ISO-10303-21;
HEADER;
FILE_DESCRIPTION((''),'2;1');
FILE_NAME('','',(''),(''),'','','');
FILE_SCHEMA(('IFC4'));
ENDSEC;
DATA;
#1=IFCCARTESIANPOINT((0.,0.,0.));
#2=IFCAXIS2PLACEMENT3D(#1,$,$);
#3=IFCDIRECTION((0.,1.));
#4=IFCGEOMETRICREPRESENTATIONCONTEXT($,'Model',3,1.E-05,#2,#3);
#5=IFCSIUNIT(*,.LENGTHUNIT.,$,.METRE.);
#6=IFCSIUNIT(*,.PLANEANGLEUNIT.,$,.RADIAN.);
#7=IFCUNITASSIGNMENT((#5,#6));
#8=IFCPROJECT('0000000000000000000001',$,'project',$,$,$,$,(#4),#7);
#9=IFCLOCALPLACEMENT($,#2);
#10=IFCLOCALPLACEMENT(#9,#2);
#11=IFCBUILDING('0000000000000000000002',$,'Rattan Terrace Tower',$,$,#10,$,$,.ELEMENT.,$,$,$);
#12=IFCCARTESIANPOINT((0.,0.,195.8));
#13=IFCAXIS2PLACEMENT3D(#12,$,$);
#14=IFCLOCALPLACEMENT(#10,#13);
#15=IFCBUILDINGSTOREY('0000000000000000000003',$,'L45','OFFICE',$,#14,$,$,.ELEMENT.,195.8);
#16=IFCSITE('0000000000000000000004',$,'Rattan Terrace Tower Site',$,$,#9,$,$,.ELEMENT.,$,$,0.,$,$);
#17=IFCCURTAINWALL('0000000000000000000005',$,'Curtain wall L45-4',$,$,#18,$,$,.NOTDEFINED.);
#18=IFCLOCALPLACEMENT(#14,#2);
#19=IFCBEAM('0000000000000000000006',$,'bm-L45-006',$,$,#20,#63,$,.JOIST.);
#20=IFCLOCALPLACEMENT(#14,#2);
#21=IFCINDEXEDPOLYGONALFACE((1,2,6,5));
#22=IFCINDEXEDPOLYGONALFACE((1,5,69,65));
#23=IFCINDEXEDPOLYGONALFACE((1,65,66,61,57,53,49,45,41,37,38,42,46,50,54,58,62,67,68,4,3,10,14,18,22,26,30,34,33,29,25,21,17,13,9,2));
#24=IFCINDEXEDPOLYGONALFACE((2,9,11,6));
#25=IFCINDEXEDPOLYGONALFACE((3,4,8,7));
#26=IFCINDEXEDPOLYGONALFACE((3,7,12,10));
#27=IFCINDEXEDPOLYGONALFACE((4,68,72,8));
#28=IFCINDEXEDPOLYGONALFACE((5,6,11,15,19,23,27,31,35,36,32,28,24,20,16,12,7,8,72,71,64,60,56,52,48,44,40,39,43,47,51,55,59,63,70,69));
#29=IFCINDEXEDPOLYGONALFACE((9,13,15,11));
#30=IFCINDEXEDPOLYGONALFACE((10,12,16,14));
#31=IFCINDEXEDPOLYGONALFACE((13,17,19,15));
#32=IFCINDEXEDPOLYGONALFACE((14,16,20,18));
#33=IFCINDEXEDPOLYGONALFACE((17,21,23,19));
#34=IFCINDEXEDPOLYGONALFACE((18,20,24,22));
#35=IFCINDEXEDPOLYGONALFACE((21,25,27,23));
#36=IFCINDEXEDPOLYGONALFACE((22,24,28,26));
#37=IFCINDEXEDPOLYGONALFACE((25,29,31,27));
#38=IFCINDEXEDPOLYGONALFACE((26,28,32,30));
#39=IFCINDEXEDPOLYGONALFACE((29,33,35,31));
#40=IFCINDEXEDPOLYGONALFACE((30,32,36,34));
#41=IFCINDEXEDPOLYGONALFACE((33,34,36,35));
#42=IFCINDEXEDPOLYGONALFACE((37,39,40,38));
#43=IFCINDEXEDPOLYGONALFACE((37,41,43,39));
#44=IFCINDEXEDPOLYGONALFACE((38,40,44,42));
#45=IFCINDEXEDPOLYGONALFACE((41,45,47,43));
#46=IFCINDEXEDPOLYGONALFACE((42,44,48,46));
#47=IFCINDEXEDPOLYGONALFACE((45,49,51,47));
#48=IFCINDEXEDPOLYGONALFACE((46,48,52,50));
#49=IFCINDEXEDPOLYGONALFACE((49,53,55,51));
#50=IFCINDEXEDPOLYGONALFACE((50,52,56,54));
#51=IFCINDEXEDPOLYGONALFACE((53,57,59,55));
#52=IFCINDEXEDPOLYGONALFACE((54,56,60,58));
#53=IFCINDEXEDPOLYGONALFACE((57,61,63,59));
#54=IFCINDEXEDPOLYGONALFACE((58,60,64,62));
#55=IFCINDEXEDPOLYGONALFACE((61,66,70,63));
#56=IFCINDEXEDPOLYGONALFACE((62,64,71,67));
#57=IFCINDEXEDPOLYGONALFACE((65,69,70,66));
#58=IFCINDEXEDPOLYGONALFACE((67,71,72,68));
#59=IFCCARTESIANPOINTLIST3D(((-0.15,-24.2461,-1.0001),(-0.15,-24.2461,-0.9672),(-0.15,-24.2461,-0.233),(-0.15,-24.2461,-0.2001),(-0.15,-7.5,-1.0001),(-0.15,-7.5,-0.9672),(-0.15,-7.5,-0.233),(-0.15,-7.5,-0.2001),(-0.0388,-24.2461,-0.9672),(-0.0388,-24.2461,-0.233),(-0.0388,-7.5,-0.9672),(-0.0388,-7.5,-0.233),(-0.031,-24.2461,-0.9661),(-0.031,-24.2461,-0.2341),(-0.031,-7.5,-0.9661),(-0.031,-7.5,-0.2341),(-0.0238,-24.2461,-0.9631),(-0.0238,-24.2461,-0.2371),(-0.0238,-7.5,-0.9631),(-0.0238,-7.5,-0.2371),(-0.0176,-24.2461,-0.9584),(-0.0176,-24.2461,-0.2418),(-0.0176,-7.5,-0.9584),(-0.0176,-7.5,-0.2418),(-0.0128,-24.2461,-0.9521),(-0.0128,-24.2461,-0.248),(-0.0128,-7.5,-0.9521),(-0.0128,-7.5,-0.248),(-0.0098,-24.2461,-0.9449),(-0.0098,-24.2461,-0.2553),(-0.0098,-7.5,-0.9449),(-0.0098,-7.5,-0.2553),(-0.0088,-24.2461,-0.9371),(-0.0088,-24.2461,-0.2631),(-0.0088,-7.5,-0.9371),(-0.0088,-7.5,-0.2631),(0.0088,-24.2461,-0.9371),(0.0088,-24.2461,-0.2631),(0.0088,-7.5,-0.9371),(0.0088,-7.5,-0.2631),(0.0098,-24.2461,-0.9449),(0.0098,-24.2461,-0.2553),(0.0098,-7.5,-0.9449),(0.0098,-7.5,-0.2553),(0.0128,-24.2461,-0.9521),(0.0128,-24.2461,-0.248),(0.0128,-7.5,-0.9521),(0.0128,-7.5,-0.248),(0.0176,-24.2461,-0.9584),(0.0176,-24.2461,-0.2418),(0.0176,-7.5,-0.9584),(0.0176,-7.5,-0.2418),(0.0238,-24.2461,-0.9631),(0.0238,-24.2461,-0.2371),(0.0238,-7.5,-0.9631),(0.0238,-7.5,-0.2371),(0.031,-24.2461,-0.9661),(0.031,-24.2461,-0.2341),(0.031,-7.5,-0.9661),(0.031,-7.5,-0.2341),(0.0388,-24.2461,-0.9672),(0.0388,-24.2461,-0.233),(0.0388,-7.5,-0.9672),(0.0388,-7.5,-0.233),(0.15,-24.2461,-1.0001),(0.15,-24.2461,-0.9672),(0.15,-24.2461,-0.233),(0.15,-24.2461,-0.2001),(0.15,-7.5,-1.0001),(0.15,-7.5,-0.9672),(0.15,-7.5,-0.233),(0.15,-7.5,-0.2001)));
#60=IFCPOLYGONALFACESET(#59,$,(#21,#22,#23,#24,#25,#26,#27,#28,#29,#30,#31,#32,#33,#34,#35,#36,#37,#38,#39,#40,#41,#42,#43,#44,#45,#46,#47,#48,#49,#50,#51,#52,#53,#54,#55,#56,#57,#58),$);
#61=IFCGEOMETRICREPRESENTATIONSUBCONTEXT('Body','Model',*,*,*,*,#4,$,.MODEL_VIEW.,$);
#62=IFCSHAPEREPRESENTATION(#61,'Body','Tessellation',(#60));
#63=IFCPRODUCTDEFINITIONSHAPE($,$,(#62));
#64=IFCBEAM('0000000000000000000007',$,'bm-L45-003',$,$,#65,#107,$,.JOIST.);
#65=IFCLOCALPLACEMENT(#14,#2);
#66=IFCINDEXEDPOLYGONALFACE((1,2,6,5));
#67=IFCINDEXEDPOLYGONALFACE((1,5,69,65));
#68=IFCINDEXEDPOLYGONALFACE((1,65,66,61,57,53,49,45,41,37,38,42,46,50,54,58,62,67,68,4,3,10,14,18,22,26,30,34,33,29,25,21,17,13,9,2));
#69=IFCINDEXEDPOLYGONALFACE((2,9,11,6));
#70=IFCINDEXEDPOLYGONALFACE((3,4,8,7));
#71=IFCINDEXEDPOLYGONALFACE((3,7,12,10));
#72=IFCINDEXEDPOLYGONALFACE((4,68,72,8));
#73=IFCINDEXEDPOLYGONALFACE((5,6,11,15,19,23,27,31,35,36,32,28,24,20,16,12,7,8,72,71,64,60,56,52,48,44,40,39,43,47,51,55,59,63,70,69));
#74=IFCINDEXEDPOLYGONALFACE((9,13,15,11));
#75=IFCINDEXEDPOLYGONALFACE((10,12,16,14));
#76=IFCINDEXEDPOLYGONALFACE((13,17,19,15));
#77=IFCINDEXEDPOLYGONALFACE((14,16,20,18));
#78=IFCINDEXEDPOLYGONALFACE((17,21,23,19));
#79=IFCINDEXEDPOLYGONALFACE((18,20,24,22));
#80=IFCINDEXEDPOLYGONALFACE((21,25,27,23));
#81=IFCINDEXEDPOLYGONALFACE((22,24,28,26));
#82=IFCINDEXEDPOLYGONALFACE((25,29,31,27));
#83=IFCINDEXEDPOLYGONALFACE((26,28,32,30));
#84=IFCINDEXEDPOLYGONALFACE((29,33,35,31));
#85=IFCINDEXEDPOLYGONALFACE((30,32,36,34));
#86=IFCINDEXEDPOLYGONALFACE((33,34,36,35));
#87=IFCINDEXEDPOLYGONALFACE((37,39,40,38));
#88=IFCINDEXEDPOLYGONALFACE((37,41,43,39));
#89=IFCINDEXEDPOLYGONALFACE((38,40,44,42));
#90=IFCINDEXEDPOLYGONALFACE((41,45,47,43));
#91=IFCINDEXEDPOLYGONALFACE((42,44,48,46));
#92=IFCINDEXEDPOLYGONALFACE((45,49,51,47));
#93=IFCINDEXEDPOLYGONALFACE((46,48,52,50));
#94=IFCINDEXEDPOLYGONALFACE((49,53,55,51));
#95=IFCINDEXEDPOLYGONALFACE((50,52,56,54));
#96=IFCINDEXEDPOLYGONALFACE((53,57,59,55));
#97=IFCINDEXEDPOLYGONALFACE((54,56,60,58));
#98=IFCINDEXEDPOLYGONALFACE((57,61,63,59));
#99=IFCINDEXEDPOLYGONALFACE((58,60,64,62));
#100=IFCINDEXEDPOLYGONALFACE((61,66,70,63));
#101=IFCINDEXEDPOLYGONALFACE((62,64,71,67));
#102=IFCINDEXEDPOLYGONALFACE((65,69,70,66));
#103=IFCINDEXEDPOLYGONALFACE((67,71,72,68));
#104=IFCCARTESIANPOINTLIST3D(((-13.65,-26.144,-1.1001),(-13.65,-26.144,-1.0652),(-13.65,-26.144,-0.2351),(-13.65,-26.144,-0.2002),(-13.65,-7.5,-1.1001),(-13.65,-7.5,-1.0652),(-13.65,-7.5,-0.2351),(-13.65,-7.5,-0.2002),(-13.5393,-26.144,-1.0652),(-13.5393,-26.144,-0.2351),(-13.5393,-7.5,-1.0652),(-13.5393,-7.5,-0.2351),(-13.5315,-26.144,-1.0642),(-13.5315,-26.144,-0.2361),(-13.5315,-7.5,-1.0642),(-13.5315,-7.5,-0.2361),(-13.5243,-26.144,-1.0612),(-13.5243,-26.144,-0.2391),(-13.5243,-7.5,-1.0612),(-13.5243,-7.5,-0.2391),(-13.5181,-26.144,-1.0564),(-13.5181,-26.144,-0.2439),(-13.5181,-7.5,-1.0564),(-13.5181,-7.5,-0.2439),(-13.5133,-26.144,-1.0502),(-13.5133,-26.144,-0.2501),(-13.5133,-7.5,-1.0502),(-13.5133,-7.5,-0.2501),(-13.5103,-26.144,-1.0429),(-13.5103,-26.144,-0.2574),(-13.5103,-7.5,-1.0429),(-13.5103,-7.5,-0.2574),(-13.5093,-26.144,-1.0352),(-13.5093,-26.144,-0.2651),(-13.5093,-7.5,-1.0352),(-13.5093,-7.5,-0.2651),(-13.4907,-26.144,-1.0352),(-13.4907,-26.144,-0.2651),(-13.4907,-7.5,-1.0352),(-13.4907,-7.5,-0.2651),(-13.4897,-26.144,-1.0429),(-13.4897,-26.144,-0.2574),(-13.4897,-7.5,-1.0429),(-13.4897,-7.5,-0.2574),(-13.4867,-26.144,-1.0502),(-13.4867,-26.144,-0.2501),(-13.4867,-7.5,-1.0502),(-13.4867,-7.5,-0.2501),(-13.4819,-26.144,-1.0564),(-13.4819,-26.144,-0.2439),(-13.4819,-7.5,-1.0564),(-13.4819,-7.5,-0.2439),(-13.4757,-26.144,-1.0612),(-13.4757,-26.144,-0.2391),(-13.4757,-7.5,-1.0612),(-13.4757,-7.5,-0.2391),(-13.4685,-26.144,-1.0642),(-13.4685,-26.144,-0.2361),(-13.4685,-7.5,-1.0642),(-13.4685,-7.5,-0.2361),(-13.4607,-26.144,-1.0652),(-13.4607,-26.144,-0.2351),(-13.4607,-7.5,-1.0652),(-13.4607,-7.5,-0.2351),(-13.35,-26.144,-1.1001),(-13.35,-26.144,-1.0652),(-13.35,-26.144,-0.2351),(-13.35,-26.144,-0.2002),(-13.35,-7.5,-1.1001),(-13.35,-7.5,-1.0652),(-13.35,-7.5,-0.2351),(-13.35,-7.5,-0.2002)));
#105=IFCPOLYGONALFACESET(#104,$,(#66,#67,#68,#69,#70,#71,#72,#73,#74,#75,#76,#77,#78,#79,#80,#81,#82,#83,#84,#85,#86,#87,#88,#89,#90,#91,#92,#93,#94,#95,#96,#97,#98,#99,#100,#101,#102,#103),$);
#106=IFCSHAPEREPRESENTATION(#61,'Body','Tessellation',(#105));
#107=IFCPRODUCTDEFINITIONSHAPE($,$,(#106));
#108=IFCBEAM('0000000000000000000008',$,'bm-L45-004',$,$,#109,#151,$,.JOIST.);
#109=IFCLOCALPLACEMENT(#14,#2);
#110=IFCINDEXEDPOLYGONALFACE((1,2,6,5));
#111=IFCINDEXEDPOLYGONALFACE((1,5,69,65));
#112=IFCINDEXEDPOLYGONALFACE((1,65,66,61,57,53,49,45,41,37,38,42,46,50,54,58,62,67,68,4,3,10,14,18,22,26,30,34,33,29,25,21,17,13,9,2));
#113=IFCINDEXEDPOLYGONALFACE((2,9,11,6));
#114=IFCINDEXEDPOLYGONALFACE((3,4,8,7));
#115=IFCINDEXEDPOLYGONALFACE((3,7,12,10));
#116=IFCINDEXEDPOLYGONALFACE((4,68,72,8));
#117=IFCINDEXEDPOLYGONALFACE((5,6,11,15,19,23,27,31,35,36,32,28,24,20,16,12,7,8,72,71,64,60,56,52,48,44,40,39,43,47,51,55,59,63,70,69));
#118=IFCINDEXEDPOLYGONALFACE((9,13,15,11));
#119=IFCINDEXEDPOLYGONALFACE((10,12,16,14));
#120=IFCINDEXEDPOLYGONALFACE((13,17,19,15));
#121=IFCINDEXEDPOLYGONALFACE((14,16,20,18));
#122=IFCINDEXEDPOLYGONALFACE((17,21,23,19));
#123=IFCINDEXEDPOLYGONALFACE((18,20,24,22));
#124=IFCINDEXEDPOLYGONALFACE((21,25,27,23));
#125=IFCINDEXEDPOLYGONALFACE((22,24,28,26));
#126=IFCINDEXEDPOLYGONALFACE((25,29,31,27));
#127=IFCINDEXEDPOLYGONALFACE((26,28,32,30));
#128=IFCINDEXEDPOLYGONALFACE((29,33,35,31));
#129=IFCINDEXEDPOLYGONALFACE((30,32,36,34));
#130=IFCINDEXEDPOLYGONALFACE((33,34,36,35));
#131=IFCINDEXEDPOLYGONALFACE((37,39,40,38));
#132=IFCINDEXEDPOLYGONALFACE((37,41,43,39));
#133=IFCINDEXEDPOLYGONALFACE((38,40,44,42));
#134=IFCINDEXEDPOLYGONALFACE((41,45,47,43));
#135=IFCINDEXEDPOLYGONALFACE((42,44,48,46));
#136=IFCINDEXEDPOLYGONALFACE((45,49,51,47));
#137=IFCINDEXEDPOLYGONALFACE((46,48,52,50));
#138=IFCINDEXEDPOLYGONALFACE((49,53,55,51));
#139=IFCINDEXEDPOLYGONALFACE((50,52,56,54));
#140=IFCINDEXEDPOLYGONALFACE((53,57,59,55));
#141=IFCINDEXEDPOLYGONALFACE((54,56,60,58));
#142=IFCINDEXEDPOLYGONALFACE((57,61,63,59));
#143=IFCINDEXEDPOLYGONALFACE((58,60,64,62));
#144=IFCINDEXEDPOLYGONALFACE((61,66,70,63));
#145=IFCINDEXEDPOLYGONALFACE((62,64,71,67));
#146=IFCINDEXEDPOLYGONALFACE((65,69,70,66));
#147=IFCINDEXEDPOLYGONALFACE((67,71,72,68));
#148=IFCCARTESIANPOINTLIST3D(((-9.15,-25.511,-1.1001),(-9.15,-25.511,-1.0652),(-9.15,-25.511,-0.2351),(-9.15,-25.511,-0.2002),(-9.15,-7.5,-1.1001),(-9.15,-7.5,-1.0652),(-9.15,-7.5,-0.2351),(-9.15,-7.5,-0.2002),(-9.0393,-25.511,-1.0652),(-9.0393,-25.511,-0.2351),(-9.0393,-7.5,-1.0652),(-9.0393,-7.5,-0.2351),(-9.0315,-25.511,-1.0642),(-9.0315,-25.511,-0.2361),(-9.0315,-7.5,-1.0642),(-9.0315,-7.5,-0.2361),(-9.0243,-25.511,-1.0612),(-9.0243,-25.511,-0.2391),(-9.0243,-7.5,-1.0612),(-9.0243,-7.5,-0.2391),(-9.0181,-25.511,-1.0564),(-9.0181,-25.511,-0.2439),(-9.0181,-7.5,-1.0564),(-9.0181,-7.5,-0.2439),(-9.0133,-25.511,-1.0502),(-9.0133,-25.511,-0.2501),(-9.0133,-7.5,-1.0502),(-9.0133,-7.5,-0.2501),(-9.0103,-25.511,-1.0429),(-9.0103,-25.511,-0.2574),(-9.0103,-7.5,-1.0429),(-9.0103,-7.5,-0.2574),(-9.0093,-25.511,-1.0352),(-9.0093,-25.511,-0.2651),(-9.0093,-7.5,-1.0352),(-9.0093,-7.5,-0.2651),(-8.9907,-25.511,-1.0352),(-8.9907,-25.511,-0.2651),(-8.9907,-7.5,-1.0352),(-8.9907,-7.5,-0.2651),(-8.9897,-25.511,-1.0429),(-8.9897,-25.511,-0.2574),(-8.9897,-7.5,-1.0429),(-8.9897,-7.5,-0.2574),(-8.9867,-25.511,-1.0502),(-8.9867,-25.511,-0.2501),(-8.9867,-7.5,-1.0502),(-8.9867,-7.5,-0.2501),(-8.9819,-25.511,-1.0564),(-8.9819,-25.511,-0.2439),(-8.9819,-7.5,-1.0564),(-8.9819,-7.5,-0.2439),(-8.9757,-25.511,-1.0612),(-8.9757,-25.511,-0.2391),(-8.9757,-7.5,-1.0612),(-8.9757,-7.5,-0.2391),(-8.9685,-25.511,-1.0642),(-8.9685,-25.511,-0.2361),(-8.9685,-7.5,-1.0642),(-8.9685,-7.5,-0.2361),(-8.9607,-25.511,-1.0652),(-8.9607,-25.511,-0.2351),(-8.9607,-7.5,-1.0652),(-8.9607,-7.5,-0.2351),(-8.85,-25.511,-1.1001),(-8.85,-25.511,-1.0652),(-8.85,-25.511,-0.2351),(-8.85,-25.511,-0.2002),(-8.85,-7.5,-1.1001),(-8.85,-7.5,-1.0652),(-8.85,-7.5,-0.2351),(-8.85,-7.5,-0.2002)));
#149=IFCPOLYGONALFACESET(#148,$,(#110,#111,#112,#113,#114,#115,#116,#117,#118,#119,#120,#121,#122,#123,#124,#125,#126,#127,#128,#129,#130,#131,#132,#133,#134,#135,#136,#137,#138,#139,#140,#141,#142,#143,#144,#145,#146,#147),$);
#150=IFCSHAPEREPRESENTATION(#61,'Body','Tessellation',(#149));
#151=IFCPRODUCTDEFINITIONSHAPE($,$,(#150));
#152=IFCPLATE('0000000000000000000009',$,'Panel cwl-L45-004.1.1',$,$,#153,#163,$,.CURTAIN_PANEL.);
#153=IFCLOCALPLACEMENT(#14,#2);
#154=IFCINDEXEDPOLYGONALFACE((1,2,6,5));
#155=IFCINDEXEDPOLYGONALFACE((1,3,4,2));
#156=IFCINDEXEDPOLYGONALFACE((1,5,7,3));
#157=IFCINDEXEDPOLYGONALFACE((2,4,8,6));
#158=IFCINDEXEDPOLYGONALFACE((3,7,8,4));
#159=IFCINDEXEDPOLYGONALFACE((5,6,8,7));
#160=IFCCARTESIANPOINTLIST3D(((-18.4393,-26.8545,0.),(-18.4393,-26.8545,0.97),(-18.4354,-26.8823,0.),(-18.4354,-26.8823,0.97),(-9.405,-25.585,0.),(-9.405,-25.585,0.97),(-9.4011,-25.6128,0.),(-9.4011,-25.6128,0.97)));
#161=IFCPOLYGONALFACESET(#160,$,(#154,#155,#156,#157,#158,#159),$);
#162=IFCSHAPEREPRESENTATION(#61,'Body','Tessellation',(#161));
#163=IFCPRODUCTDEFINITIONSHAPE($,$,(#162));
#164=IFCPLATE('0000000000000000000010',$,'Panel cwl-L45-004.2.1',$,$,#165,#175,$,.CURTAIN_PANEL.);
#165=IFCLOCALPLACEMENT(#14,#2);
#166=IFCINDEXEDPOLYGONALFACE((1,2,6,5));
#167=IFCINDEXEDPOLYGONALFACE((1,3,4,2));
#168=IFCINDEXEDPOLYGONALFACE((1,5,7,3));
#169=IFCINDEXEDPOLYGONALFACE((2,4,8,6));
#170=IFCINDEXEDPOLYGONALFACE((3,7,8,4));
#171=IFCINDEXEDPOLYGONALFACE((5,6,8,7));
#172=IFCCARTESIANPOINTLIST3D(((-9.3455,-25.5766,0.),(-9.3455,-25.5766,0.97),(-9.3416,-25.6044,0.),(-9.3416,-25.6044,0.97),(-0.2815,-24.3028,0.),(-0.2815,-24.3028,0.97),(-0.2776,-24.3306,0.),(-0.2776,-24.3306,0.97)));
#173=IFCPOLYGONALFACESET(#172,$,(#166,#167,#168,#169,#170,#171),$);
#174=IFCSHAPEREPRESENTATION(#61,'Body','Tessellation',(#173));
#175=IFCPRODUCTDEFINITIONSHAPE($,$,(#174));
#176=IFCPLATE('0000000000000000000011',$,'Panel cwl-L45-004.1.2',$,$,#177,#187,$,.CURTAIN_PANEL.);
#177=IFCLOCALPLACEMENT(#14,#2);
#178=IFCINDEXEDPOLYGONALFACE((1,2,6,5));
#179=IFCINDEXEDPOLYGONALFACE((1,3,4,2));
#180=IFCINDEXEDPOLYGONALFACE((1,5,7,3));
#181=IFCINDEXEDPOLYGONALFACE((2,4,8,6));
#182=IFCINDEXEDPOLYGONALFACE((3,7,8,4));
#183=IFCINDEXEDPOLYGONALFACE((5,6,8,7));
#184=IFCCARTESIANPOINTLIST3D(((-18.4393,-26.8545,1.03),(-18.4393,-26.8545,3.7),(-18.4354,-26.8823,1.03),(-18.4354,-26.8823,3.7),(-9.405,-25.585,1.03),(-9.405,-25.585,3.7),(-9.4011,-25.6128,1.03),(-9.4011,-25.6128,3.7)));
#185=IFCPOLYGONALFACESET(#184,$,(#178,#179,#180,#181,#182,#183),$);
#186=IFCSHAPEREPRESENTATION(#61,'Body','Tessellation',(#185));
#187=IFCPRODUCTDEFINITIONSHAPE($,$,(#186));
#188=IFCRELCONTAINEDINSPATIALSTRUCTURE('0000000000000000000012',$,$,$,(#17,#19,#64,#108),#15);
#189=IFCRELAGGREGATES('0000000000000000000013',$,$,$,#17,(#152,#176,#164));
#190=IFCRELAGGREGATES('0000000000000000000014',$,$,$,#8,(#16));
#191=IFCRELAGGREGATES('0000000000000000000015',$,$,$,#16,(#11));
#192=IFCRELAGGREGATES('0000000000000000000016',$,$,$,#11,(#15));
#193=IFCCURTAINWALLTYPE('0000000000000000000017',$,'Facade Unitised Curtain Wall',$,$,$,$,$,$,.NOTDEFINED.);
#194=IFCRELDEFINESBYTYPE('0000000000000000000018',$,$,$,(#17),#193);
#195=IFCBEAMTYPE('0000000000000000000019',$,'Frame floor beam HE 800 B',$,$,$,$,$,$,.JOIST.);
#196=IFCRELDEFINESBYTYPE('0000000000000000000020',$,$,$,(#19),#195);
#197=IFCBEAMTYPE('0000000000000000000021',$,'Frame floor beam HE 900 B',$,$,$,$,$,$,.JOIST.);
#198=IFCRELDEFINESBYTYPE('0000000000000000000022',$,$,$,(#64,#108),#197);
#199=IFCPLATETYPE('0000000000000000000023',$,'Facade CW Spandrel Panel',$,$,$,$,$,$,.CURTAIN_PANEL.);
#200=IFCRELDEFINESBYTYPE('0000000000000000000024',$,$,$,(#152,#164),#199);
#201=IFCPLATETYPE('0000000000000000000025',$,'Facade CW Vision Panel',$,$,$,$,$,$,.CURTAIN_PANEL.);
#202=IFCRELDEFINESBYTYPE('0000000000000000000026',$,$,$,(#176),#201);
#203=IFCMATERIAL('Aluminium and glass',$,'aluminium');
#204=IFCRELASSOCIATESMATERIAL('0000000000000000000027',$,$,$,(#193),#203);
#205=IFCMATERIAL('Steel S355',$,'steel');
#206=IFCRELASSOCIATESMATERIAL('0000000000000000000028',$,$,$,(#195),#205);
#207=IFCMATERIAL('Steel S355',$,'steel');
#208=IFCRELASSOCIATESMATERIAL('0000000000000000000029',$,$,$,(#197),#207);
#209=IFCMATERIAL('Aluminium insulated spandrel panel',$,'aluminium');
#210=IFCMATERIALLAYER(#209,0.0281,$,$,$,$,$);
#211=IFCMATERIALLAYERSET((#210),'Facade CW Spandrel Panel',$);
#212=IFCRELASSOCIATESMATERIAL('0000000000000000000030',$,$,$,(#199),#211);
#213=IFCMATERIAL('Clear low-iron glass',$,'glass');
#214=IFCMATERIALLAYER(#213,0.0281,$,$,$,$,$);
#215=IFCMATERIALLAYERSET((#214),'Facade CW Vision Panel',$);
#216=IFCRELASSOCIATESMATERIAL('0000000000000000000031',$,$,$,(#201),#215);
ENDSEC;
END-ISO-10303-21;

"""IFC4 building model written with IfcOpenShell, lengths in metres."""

from ifc_helpers import new_model, si_unit, direction, frame, origin, origin_2d, place, context, subcontext, project, spatial, rectangle, i_section, extrude, material, layer, layer_set, material_profile, profile_set, type_object, element, aggregate, save


model = new_model("IFC4")

# Units and contexts
model_context = context("Model", 3, precision=1e-05, world=origin(), true_north=direction((0.0, 1.0)))
body_context = subcontext(model_context, "Body", "Model", "MODEL_VIEW")
ifc_project = project(units=[si_unit("LENGTHUNIT", "METRE"), si_unit("PLANEANGLEUNIT", "RADIAN")], contexts=[model_context])

# Site, building, storey
site_placement = place(None, origin())
site = spatial("IfcSite", under=ifc_project, at=site_placement, Name="Rattan Terrace Tower Site", CompositionType="ELEMENT", RefElevation=0.0)
building_placement = place(site_placement, origin())
building = spatial("IfcBuilding", under=site, at=building_placement, Name="Rattan Terrace Tower", CompositionType="ELEMENT")
storey_placement = place(building_placement, frame((0.0, 0.0, 195.8)))
storey = spatial("IfcBuildingStorey", under=building, at=storey_placement, Name="L45", Description="OFFICE", CompositionType="ELEMENT", Elevation=195.8)

# Curtain wall
ifc_material_1 = material(Name="Aluminium and glass", Category="aluminium")
curtain_wall_type = type_object("IfcCurtainWallType", Name="Facade Unitised Curtain Wall", PredefinedType="NOTDEFINED", material=ifc_material_1)
curtain_wall_placement = place(storey_placement, origin())
curtain_wall = element("IfcCurtainWall", 1, at=curtain_wall_placement, inside=storey, type_object=curtain_wall_type, Name="Curtain wall L45-4", PredefinedType="NOTDEFINED")

# Beams
ifc_material_2 = material(Name="Steel S355", Category="steel")
ifc_material_profile_1 = material_profile(ifc_material_2, i_section(OverallWidth=0.3, OverallDepth=0.8, WebThickness=0.0176, FlangeThickness=0.033, FilletRadius=0.03, at=origin_2d()), Name="HE 800 B")
ifc_profile_set_1 = profile_set([ifc_material_profile_1], Name="Steel S355")
beam_type_1 = type_object("IfcBeamType", Name="Frame floor beam HE 800 B", PredefinedType="JOIST", material=ifc_profile_set_1)
beam_1_placement = place(storey_placement, frame((0.0, -24.2461, -0.6001), z_axis=(0.0, 1.0, 0.0), x_axis=(-1.0, 0.0, 0.0)))
element("IfcBeam", 2, at=beam_1_placement, inside=storey, type_object=beam_type_1, Name="bm-L45-006", PredefinedType="JOIST", context=body_context, shape_type="SweptSolid", body=[
    extrude(i_section(OverallWidth=0.3, OverallDepth=0.8, WebThickness=0.0176, FlangeThickness=0.033, FilletRadius=0.03, at=origin_2d()), origin(), (0.0, 0.0, 1.0), 16.7461),
])
ifc_material_3 = material(Name="Steel S355", Category="steel")
ifc_material_profile_2 = material_profile(ifc_material_3, i_section(OverallWidth=0.3, OverallDepth=0.8999, WebThickness=0.0186, FlangeThickness=0.0349, FilletRadius=0.03, at=origin_2d()), Name="HE 900 B")
ifc_profile_set_2 = profile_set([ifc_material_profile_2], Name="Steel S355")
beam_type_2 = type_object("IfcBeamType", Name="Frame floor beam HE 900 B", PredefinedType="JOIST", material=ifc_profile_set_2)
beam_2_placement = place(storey_placement, frame((-13.5, -26.144, -0.6501), z_axis=(0.0, 1.0, 0.0), x_axis=(-1.0, 0.0, 0.0)))
element("IfcBeam", 3, at=beam_2_placement, inside=storey, type_object=beam_type_2, Name="bm-L45-003", PredefinedType="JOIST", context=body_context, shape_type="SweptSolid", body=[
    extrude(i_section(OverallWidth=0.3, OverallDepth=0.8999, WebThickness=0.0186, FlangeThickness=0.0349, FilletRadius=0.03, at=origin_2d()), origin(), (0.0, 0.0, 1.0), 18.644),
])
beam_3_placement = place(storey_placement, frame((-9.0, -25.511, -0.6501), z_axis=(0.0, 1.0, 0.0), x_axis=(-1.0, 0.0, 0.0)))
element("IfcBeam", 4, at=beam_3_placement, inside=storey, type_object=beam_type_2, Name="bm-L45-004", PredefinedType="JOIST", context=body_context, shape_type="SweptSolid", body=[
    extrude(i_section(OverallWidth=0.3, OverallDepth=0.8999, WebThickness=0.0186, FlangeThickness=0.0349, FilletRadius=0.03, at=origin_2d()), origin(), (0.0, 0.0, 1.0), 18.011),
])

# Plates
ifc_material_4 = material(Name="Aluminium insulated spandrel panel", Category="aluminium")
ifc_layer_1 = layer(ifc_material_4, 0.0281)
ifc_layer_set_1 = layer_set([ifc_layer_1], Name="Facade CW Spandrel Panel")
plate_type_1 = type_object("IfcPlateType", Name="Facade CW Spandrel Panel", PredefinedType="CURTAIN_PANEL", material=ifc_layer_set_1)
plate_1_placement = place(storey_placement, frame((-13.9202, -26.2336, 0.0), z_axis=(0.0, 0.0, 1.0), x_axis=(0.99027, 0.139161, 0.0)))
plate_1 = element("IfcPlate", 5, at=plate_1_placement, type_object=plate_type_1, Name="Panel cwl-L45-004.1.1", PredefinedType="CURTAIN_PANEL", context=body_context, shape_type="SweptSolid", body=[
    extrude(rectangle(XDim=9.123, YDim=0.0281, at=origin_2d()), origin(), (0.0, 0.0, 1.0), 0.97),
])
plate_2_placement = place(storey_placement, frame((-4.8115, -24.9536, 0.0), z_axis=(0.0, 0.0, 1.0), x_axis=(0.99027, 0.139161, 0.0)))
plate_2 = element("IfcPlate", 6, at=plate_2_placement, type_object=plate_type_1, Name="Panel cwl-L45-004.2.1", PredefinedType="CURTAIN_PANEL", context=body_context, shape_type="SweptSolid", body=[
    extrude(rectangle(XDim=9.1531, YDim=0.0281, at=origin_2d()), origin(), (0.0, 0.0, 1.0), 0.97),
])
ifc_material_5 = material(Name="Clear low-iron glass", Category="glass")
ifc_layer_2 = layer(ifc_material_5, 0.0281)
ifc_layer_set_2 = layer_set([ifc_layer_2], Name="Facade CW Vision Panel")
plate_type_2 = type_object("IfcPlateType", Name="Facade CW Vision Panel", PredefinedType="CURTAIN_PANEL", material=ifc_layer_set_2)
plate_3_placement = place(storey_placement, frame((-13.9202, -26.2336, 1.03), z_axis=(0.0, 0.0, 1.0), x_axis=(0.99027, 0.139161, 0.0)))
plate_3 = element("IfcPlate", 7, at=plate_3_placement, type_object=plate_type_2, Name="Panel cwl-L45-004.1.2", PredefinedType="CURTAIN_PANEL", context=body_context, shape_type="SweptSolid", body=[
    extrude(rectangle(XDim=9.123, YDim=0.0281, at=origin_2d()), origin(), (0.0, 0.0, 1.0), 2.6699),
])
aggregate(curtain_wall, [plate_1, plate_3, plate_2])

save(model, "model.ifc")
